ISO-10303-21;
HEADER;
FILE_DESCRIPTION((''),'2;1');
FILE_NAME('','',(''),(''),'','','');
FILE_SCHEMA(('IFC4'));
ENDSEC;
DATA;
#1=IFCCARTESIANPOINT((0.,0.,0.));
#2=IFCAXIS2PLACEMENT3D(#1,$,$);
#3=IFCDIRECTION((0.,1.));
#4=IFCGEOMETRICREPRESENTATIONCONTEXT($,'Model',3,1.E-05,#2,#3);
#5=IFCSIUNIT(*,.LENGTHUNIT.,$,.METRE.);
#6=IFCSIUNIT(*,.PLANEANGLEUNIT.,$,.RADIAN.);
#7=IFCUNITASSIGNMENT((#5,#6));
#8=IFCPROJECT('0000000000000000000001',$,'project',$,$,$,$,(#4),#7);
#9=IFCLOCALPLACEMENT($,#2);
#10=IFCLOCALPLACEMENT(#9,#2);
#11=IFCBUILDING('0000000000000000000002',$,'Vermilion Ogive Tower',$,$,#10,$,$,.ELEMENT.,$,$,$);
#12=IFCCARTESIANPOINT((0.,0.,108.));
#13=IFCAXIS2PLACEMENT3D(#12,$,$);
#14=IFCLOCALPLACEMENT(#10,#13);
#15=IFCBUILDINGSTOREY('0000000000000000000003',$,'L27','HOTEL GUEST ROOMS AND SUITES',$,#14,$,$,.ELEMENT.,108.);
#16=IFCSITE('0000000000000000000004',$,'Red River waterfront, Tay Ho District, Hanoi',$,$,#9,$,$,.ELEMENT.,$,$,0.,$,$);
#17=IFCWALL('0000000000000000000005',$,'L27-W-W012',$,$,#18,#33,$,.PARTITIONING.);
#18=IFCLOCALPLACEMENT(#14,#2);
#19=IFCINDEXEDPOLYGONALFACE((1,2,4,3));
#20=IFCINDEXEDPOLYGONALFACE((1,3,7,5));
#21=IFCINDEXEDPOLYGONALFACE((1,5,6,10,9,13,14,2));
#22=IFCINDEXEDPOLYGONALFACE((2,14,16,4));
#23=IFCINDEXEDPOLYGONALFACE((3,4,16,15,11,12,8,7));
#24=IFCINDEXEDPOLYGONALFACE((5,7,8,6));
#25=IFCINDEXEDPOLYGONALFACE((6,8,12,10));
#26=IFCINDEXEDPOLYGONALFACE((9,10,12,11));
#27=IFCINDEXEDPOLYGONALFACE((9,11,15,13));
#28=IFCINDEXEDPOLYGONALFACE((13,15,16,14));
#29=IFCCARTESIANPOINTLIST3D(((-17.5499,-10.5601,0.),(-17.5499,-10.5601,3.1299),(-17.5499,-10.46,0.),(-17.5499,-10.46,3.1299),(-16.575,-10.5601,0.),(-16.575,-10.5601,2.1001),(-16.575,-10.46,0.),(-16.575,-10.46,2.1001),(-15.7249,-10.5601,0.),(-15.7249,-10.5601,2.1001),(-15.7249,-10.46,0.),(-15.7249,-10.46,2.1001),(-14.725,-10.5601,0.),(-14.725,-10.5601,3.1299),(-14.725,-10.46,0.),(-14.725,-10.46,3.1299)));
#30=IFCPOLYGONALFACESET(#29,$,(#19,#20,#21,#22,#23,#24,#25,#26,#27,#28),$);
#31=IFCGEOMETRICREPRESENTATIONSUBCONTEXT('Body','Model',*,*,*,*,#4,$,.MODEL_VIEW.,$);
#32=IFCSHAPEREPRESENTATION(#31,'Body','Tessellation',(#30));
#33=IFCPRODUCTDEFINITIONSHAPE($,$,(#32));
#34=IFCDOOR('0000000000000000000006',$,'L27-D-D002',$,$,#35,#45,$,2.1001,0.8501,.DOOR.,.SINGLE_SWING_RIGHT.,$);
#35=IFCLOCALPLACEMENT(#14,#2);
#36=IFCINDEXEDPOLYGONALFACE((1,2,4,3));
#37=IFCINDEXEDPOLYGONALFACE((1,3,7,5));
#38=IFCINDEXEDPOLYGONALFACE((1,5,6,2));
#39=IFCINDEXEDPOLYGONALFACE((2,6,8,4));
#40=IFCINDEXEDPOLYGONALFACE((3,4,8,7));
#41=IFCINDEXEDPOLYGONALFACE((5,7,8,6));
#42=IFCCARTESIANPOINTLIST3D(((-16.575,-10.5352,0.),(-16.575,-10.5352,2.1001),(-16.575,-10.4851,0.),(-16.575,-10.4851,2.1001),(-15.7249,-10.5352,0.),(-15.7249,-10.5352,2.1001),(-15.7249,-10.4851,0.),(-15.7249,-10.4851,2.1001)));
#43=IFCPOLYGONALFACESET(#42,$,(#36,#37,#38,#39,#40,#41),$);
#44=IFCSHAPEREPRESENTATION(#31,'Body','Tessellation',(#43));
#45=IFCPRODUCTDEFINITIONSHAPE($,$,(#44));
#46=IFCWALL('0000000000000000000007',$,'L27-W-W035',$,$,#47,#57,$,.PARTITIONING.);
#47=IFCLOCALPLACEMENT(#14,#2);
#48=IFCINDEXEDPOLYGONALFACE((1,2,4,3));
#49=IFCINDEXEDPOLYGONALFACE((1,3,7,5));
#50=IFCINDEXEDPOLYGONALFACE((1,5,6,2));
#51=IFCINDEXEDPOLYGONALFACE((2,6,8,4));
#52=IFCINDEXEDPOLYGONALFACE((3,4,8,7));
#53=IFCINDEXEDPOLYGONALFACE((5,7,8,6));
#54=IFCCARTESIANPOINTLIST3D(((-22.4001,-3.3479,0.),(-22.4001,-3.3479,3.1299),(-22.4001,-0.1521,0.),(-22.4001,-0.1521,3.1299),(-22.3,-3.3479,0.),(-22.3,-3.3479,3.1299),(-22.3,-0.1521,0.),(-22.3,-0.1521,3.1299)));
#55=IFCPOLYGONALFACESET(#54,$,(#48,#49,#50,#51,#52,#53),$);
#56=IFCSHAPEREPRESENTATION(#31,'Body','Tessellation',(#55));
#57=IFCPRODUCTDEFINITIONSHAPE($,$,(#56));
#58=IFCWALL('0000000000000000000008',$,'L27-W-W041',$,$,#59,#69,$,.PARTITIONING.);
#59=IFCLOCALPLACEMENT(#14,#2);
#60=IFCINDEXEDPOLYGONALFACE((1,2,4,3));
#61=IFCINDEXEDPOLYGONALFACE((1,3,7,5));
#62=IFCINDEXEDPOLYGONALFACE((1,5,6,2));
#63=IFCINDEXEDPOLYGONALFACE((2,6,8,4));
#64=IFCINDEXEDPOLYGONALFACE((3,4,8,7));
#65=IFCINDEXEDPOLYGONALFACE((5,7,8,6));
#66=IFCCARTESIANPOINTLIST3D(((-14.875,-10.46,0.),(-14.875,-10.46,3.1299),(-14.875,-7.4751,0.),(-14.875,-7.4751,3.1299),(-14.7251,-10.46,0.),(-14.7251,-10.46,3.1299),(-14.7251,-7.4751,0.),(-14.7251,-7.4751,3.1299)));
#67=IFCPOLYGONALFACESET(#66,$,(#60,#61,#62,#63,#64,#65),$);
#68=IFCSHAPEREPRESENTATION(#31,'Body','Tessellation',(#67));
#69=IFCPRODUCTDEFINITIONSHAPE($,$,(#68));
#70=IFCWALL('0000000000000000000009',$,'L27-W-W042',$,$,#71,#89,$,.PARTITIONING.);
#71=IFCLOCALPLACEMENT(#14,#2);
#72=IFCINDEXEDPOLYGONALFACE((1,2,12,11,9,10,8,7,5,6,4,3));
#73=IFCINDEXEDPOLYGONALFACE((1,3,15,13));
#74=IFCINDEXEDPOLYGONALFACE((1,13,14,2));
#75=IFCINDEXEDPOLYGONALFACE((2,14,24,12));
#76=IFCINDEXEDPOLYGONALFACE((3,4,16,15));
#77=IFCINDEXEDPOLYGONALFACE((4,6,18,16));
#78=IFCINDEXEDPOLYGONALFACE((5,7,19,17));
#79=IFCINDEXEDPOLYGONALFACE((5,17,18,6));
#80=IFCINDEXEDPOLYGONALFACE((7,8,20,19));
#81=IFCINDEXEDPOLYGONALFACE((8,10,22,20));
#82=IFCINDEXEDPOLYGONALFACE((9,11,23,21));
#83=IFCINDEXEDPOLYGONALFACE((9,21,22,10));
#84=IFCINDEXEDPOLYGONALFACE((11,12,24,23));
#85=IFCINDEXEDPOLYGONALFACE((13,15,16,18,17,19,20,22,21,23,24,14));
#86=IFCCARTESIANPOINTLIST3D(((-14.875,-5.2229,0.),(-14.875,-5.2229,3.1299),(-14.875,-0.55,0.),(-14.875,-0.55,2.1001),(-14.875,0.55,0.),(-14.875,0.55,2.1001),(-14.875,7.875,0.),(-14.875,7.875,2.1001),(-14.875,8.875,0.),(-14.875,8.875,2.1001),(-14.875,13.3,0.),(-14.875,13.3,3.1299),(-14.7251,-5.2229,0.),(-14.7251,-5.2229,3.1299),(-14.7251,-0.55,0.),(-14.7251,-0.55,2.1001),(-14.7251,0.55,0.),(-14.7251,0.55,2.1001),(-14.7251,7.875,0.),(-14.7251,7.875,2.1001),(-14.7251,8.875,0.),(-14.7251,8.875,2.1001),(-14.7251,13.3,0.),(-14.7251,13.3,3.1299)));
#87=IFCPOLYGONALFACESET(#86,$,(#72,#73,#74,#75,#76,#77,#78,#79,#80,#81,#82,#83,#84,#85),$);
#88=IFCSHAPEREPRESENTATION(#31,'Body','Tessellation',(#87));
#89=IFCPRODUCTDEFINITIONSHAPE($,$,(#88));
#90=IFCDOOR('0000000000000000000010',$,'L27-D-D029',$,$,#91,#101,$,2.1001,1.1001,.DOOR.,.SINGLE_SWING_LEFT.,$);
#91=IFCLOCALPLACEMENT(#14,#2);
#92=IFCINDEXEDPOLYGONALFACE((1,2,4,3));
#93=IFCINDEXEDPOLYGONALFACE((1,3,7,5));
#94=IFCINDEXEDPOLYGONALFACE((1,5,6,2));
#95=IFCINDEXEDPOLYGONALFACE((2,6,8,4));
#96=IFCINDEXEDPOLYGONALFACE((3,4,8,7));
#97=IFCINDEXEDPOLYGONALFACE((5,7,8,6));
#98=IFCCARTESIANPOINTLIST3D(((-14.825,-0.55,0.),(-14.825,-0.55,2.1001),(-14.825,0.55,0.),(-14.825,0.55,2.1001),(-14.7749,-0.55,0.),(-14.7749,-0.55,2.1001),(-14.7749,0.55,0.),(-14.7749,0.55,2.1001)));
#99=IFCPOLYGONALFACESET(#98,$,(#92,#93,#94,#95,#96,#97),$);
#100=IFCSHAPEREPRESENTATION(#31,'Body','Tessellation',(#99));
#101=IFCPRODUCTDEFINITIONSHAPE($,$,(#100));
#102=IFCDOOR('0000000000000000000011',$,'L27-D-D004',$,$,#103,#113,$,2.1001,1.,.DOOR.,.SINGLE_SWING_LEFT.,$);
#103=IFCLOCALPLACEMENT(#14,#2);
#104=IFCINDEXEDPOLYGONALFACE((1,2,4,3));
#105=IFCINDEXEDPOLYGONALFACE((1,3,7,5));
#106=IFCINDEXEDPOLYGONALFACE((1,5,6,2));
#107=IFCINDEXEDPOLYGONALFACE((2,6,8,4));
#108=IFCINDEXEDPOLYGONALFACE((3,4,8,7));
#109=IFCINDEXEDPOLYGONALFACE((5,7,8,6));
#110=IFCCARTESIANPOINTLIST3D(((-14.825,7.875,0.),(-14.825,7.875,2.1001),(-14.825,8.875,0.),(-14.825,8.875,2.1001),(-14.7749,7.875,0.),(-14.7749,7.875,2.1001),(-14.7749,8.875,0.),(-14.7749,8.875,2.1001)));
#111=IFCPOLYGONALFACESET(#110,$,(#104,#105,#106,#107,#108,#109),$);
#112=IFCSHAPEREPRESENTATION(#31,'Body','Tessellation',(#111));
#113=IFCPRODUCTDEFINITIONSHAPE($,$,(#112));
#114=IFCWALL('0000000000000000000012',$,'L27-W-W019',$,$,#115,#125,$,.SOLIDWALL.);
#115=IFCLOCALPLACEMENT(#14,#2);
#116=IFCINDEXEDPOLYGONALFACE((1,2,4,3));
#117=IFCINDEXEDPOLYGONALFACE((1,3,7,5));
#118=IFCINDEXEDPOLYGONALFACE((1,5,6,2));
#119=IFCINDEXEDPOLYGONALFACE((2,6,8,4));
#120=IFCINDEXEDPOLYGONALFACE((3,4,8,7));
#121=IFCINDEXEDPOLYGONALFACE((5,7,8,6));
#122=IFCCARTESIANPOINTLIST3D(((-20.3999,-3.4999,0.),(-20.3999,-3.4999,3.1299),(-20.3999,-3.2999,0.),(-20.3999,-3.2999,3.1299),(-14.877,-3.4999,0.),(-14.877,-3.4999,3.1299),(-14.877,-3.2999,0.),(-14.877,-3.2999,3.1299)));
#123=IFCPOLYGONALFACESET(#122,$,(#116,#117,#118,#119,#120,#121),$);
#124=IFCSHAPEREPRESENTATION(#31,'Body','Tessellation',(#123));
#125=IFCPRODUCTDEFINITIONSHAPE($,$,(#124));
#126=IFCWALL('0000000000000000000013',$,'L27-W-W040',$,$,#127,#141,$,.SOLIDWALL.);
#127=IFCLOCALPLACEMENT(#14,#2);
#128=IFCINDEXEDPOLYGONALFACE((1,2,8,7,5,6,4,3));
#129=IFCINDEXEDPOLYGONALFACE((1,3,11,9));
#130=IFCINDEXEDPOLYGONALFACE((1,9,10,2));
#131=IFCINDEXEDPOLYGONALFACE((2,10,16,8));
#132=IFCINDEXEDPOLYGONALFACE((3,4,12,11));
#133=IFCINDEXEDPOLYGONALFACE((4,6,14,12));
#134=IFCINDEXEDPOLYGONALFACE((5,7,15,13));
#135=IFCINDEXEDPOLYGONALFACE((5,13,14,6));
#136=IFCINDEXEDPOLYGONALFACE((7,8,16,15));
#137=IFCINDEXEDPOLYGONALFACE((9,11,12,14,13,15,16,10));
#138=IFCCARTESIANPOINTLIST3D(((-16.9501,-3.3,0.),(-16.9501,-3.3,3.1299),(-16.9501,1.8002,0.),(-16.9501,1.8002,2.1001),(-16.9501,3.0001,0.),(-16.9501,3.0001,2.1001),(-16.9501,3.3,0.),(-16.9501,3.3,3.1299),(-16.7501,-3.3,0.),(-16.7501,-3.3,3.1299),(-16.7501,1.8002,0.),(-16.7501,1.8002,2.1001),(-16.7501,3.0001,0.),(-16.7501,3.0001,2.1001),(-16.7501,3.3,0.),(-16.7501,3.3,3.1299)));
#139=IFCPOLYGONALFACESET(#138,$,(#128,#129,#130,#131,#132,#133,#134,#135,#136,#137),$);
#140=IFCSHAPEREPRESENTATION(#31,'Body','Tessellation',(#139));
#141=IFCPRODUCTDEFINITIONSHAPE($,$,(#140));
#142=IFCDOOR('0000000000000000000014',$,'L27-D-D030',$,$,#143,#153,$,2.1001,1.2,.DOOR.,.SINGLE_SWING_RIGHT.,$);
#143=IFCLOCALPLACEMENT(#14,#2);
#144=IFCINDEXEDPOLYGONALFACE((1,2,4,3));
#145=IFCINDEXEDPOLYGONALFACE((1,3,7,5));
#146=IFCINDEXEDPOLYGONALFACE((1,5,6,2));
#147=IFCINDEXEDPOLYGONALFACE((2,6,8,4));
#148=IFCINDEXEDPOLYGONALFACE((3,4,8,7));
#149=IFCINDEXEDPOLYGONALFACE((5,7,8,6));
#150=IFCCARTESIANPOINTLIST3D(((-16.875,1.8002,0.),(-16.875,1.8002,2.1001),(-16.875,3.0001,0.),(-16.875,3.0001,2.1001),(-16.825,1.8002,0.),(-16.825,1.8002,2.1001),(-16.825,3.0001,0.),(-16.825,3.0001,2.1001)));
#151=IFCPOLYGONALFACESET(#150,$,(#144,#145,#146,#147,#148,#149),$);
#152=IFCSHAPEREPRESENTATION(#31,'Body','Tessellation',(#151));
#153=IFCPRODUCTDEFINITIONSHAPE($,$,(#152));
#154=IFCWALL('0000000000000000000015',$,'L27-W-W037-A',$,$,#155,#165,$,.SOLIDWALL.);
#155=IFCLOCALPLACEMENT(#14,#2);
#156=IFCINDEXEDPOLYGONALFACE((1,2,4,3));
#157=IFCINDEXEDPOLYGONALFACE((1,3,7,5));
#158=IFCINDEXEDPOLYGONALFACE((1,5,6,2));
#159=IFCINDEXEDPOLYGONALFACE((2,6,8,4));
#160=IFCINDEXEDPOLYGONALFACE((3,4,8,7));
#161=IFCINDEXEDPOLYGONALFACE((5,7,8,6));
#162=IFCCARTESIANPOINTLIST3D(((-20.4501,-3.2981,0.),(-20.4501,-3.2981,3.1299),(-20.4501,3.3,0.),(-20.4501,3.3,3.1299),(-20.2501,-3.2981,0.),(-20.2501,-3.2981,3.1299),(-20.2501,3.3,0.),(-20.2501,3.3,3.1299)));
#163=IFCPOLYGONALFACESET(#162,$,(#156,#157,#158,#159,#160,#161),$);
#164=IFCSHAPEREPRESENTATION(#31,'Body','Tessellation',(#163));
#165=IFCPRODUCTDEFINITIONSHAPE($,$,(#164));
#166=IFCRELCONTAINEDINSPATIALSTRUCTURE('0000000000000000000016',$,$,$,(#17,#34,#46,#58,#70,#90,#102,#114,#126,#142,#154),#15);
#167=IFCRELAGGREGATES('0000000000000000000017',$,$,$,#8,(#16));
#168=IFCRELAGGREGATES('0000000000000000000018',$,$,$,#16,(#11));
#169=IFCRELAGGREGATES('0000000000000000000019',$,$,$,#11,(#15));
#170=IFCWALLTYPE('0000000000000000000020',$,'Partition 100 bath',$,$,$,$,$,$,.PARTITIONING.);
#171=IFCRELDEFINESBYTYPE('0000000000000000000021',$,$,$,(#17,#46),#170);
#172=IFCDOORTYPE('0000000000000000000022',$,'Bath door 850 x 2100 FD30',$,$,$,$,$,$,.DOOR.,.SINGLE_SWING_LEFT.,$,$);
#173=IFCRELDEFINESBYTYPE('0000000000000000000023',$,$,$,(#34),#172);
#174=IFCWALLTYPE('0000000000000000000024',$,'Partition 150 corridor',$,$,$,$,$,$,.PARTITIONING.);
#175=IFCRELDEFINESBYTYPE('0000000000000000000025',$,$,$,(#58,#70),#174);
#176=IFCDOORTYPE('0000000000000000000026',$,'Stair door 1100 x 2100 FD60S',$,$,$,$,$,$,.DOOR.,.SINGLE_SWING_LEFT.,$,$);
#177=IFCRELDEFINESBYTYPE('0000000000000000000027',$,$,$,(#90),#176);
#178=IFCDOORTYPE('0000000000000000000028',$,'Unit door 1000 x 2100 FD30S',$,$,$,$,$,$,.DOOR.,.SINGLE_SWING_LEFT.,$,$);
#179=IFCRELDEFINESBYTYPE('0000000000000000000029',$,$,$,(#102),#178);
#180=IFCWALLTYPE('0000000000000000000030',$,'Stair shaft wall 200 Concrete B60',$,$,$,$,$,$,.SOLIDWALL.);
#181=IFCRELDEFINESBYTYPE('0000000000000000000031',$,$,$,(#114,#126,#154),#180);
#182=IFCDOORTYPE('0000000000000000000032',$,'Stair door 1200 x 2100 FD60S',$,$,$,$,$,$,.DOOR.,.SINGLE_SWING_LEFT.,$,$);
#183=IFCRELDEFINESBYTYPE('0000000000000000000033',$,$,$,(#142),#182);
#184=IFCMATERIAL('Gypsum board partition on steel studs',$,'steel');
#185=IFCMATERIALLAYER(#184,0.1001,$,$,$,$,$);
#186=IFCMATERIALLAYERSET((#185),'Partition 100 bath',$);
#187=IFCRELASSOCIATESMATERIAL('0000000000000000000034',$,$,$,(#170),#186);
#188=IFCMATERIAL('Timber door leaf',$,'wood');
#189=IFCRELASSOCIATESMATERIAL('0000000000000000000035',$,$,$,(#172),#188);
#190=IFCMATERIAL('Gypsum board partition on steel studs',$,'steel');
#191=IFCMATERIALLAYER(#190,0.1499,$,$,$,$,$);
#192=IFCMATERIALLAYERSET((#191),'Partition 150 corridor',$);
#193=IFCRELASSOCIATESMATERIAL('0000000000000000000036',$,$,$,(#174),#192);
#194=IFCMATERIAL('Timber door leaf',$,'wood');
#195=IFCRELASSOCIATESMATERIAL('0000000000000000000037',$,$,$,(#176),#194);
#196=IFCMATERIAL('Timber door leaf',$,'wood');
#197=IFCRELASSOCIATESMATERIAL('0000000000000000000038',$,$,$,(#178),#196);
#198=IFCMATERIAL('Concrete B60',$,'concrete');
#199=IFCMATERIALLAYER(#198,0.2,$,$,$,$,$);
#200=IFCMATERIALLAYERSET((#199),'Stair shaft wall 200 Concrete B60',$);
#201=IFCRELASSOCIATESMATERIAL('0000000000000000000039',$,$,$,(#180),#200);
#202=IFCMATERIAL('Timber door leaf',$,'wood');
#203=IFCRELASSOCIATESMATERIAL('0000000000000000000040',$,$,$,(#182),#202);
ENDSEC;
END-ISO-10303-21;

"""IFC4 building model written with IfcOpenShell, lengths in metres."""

from ifc_helpers import new_model, si_unit, direction, frame, frame_2d, origin, place, context, subcontext, project, spatial, rectangle, extrude, material, layer, layer_set, type_object, element, fill, save


model = new_model("IFC4")

# Units and contexts
model_context = context("Model", 3, precision=1e-05, world=origin(), true_north=direction((0.0, 1.0)))
body_context = subcontext(model_context, "Body", "Model", "MODEL_VIEW")
ifc_project = project(units=[si_unit("LENGTHUNIT", "METRE"), si_unit("PLANEANGLEUNIT", "RADIAN")], contexts=[model_context])

# Site, building, storey
site_placement = place(None, origin())
site = spatial("IfcSite", under=ifc_project, at=site_placement, Name="Red River waterfront, Tay Ho District, Hanoi", CompositionType="ELEMENT", RefElevation=0.0)
building_placement = place(site_placement, origin())
building = spatial("IfcBuilding", under=site, at=building_placement, Name="Vermilion Ogive Tower", CompositionType="ELEMENT")
storey_placement = place(building_placement, frame((0.0, 0.0, 108.0)))
storey = spatial("IfcBuildingStorey", under=building, at=storey_placement, Name="L27", Description="HOTEL GUEST ROOMS AND SUITES", CompositionType="ELEMENT", Elevation=108.0)

# Wall, opening, door
ifc_material_1 = material(Name="Gypsum board partition on steel studs", Category="steel")
ifc_layer_1 = layer(ifc_material_1, 0.1001)
ifc_layer_set_1 = layer_set([ifc_layer_1], Name="Partition 100 bath")
wall_type_1 = type_object("IfcWallType", Name="Partition 100 bath", PredefinedType="PARTITIONING", material=ifc_layer_set_1)
wall_1_placement = place(storey_placement, frame((-17.55, -10.51, 0.0), z_axis=(0.0, 0.0, 1.0), x_axis=(1.0, 0.0, 0.0)))
wall_1 = element("IfcWall", 1, at=wall_1_placement, inside=storey, type_object=wall_type_1, Name="L27-W-W012", PredefinedType="PARTITIONING", context=body_context, shape_type="SweptSolid", body=[
    extrude(rectangle(XDim=2.825, YDim=0.1001, at=frame_2d((1.4126, 0.0))), origin(), (0.0, 0.0, 1.0), 3.1299),
])
opening_1_placement = place(wall_1_placement, frame((0.9751, 0.0, 0.0)))
opening_1 = element("IfcOpeningElement", 2, at=opening_1_placement, cuts=wall_1, PredefinedType="OPENING", context=body_context, shape_type="SweptSolid", body=[
    extrude(rectangle(XDim=0.8501, YDim=2.1001, at=frame_2d((0.425, 1.05))), frame((0.0, 0.0601, 0.0), z_axis=(0.0, -1.0, 0.0), x_axis=(1.0, 0.0, 0.0)), (0.0, 0.0, 1.0), 0.1201),
])
ifc_material_2 = material(Name="Timber door leaf", Category="wood")
door_type_1 = type_object("IfcDoorType", Name="Bath door 850 x 2100 FD30", OperationType="SINGLE_SWING_LEFT", PredefinedType="DOOR", material=ifc_material_2)
door_1_placement = place(opening_1_placement, origin())
door_1 = element("IfcDoor", 3, at=door_1_placement, inside=storey, type_object=door_type_1, Name="L27-D-D002", OperationType="SINGLE_SWING_RIGHT", OverallHeight=2.1001, OverallWidth=0.8501, PredefinedType="DOOR", context=body_context, shape_type="SweptSolid", body=[
    extrude(rectangle(XDim=0.8501, YDim=2.1001, at=frame_2d((0.425, 1.05))), frame((0.0, 0.0249, 0.0), z_axis=(0.0, -1.0, 0.0), x_axis=(1.0, 0.0, 0.0)), (0.0, 0.0, 1.0), 0.05),
])
fill(opening_1, door_1)

# Walls
wall_2_placement = place(storey_placement, frame((-22.3501, -3.3479, 0.0), z_axis=(0.0, 0.0, 1.0), x_axis=(0.0, 1.0, 0.0)))
element("IfcWall", 4, at=wall_2_placement, inside=storey, type_object=wall_type_1, Name="L27-W-W035", PredefinedType="PARTITIONING", context=body_context, shape_type="SweptSolid", body=[
    extrude(rectangle(XDim=3.1958, YDim=0.1001, at=frame_2d((1.5979, 0.0))), origin(), (0.0, 0.0, 1.0), 3.1299),
])
ifc_material_3 = material(Name="Gypsum board partition on steel studs", Category="steel")
ifc_layer_2 = layer(ifc_material_3, 0.1499)
ifc_layer_set_2 = layer_set([ifc_layer_2], Name="Partition 150 corridor")
wall_type_2 = type_object("IfcWallType", Name="Partition 150 corridor", PredefinedType="PARTITIONING", material=ifc_layer_set_2)
wall_3_placement = place(storey_placement, frame((-14.8, -10.46, 0.0), z_axis=(0.0, 0.0, 1.0), x_axis=(0.0, 1.0, 0.0)))
element("IfcWall", 5, at=wall_3_placement, inside=storey, type_object=wall_type_2, Name="L27-W-W041", PredefinedType="PARTITIONING", context=body_context, shape_type="SweptSolid", body=[
    extrude(rectangle(XDim=2.9849, YDim=0.1499, at=frame_2d((1.4924, 0.0))), origin(), (0.0, 0.0, 1.0), 3.1299),
])

# Wall, openings, doors
wall_4_placement = place(storey_placement, frame((-14.8, -5.2229, 0.0), z_axis=(0.0, 0.0, 1.0), x_axis=(0.0, 1.0, 0.0)))
wall_4 = element("IfcWall", 6, at=wall_4_placement, inside=storey, type_object=wall_type_2, Name="L27-W-W042", PredefinedType="PARTITIONING", context=body_context, shape_type="SweptSolid", body=[
    extrude(rectangle(XDim=18.5229, YDim=0.1499, at=frame_2d((9.2615, 0.0))), origin(), (0.0, 0.0, 1.0), 3.1299),
])
opening_2_placement = place(wall_4_placement, frame((13.0979, 0.0, 0.0)))
opening_2 = element("IfcOpeningElement", 7, at=opening_2_placement, cuts=wall_4, PredefinedType="OPENING", context=body_context, shape_type="SweptSolid", body=[
    extrude(rectangle(XDim=1.0, YDim=2.1001, at=frame_2d((0.5, 1.05))), frame((0.0, 0.085, 0.0), z_axis=(0.0, -1.0, 0.0), x_axis=(1.0, 0.0, 0.0)), (0.0, 0.0, 1.0), 0.1699),
])
opening_3_placement = place(wall_4_placement, frame((4.6729, 0.0, 0.0)))
opening_3 = element("IfcOpeningElement", 8, at=opening_3_placement, cuts=wall_4, PredefinedType="OPENING", context=body_context, shape_type="SweptSolid", body=[
    extrude(rectangle(XDim=1.1001, YDim=2.1001, at=frame_2d((0.55, 1.05))), frame((0.0, 0.085, 0.0), z_axis=(0.0, -1.0, 0.0), x_axis=(1.0, 0.0, 0.0)), (0.0, 0.0, 1.0), 0.1699),
])
ifc_material_4 = material(Name="Timber door leaf", Category="wood")
door_type_2 = type_object("IfcDoorType", Name="Stair door 1100 x 2100 FD60S", OperationType="SINGLE_SWING_LEFT", PredefinedType="DOOR", material=ifc_material_4)
door_2_placement = place(opening_3_placement, origin())
door_2 = element("IfcDoor", 9, at=door_2_placement, inside=storey, type_object=door_type_2, Name="L27-D-D029", OperationType="SINGLE_SWING_LEFT", OverallHeight=2.1001, OverallWidth=1.1001, PredefinedType="DOOR", context=body_context, shape_type="SweptSolid", body=[
    extrude(rectangle(XDim=1.1001, YDim=2.1001, at=frame_2d((0.55, 1.05))), frame((0.0, 0.0249, 0.0), z_axis=(0.0, -1.0, 0.0), x_axis=(1.0, 0.0, 0.0)), (0.0, 0.0, 1.0), 0.05),
])
fill(opening_3, door_2)
ifc_material_5 = material(Name="Timber door leaf", Category="wood")
door_type_3 = type_object("IfcDoorType", Name="Unit door 1000 x 2100 FD30S", OperationType="SINGLE_SWING_LEFT", PredefinedType="DOOR", material=ifc_material_5)
door_3_placement = place(opening_2_placement, origin())
door_3 = element("IfcDoor", 10, at=door_3_placement, inside=storey, type_object=door_type_3, Name="L27-D-D004", OperationType="SINGLE_SWING_LEFT", OverallHeight=2.1001, OverallWidth=1.0, PredefinedType="DOOR", context=body_context, shape_type="SweptSolid", body=[
    extrude(rectangle(XDim=1.0, YDim=2.1001, at=frame_2d((0.5, 1.05))), frame((0.0, 0.0249, 0.0), z_axis=(0.0, -1.0, 0.0), x_axis=(1.0, 0.0, 0.0)), (0.0, 0.0, 1.0), 0.05),
])
fill(opening_2, door_3)

# Wall
ifc_material_6 = material(Name="Concrete B60", Category="concrete")
ifc_layer_3 = layer(ifc_material_6, 0.2)
ifc_layer_set_3 = layer_set([ifc_layer_3], Name="Stair shaft wall 200 Concrete B60")
wall_type_3 = type_object("IfcWallType", Name="Stair shaft wall 200 Concrete B60", PredefinedType="SOLIDWALL", material=ifc_layer_set_3)
wall_5_placement = place(storey_placement, frame((-20.3999, -3.3999, 0.0), z_axis=(0.0, 0.0, 1.0), x_axis=(1.0, 0.0, 0.0)))
element("IfcWall", 11, at=wall_5_placement, inside=storey, type_object=wall_type_3, Name="L27-W-W019", PredefinedType="SOLIDWALL", context=body_context, shape_type="SweptSolid", body=[
    extrude(rectangle(XDim=5.5229, YDim=0.2, at=frame_2d((2.7615, 0.0))), origin(), (0.0, 0.0, 1.0), 3.1299),
])

# Wall, opening, door
wall_6_placement = place(storey_placement, frame((-16.8501, -3.3, 0.0), z_axis=(0.0, 0.0, 1.0), x_axis=(0.0, 1.0, 0.0)))
wall_6 = element("IfcWall", 12, at=wall_6_placement, inside=storey, type_object=wall_type_3, Name="L27-W-W040", PredefinedType="SOLIDWALL", context=body_context, shape_type="SweptSolid", body=[
    extrude(rectangle(XDim=6.6001, YDim=0.2, at=frame_2d((3.3, 0.0))), origin(), (0.0, 0.0, 1.0), 3.1299),
])
opening_4_placement = place(wall_6_placement, frame((5.1001, 0.0, 0.0)))
opening_4 = element("IfcOpeningElement", 13, at=opening_4_placement, cuts=wall_6, PredefinedType="OPENING", context=body_context, shape_type="SweptSolid", body=[
    extrude(rectangle(XDim=1.2, YDim=2.1001, at=frame_2d((0.6001, 1.05))), frame((0.0, 0.1099, 0.0), z_axis=(0.0, -1.0, 0.0), x_axis=(1.0, 0.0, 0.0)), (0.0, 0.0, 1.0), 0.22),
])
ifc_material_7 = material(Name="Timber door leaf", Category="wood")
door_type_4 = type_object("IfcDoorType", Name="Stair door 1200 x 2100 FD60S", OperationType="SINGLE_SWING_LEFT", PredefinedType="DOOR", material=ifc_material_7)
door_4_placement = place(opening_4_placement, origin())
door_4 = element("IfcDoor", 14, at=door_4_placement, inside=storey, type_object=door_type_4, Name="L27-D-D030", OperationType="SINGLE_SWING_RIGHT", OverallHeight=2.1001, OverallWidth=1.2, PredefinedType="DOOR", context=body_context, shape_type="SweptSolid", body=[
    extrude(rectangle(XDim=1.2, YDim=2.1001, at=frame_2d((0.6001, 1.05))), frame((0.0, 0.0249, 0.0), z_axis=(0.0, -1.0, 0.0), x_axis=(1.0, 0.0, 0.0)), (0.0, 0.0, 1.0), 0.05),
])
fill(opening_4, door_4)

# Wall
wall_7_placement = place(storey_placement, frame((-20.3501, -3.2981, 0.0), z_axis=(0.0, 0.0, 1.0), x_axis=(0.0, 1.0, 0.0)))
element("IfcWall", 15, at=wall_7_placement, inside=storey, type_object=wall_type_3, Name="L27-W-W037-A", PredefinedType="SOLIDWALL", context=body_context, shape_type="SweptSolid", body=[
    extrude(rectangle(XDim=6.5981, YDim=0.2, at=frame_2d((3.2991, 0.0))), origin(), (0.0, 0.0, 1.0), 3.1299),
])

save(model, "model.ifc")
